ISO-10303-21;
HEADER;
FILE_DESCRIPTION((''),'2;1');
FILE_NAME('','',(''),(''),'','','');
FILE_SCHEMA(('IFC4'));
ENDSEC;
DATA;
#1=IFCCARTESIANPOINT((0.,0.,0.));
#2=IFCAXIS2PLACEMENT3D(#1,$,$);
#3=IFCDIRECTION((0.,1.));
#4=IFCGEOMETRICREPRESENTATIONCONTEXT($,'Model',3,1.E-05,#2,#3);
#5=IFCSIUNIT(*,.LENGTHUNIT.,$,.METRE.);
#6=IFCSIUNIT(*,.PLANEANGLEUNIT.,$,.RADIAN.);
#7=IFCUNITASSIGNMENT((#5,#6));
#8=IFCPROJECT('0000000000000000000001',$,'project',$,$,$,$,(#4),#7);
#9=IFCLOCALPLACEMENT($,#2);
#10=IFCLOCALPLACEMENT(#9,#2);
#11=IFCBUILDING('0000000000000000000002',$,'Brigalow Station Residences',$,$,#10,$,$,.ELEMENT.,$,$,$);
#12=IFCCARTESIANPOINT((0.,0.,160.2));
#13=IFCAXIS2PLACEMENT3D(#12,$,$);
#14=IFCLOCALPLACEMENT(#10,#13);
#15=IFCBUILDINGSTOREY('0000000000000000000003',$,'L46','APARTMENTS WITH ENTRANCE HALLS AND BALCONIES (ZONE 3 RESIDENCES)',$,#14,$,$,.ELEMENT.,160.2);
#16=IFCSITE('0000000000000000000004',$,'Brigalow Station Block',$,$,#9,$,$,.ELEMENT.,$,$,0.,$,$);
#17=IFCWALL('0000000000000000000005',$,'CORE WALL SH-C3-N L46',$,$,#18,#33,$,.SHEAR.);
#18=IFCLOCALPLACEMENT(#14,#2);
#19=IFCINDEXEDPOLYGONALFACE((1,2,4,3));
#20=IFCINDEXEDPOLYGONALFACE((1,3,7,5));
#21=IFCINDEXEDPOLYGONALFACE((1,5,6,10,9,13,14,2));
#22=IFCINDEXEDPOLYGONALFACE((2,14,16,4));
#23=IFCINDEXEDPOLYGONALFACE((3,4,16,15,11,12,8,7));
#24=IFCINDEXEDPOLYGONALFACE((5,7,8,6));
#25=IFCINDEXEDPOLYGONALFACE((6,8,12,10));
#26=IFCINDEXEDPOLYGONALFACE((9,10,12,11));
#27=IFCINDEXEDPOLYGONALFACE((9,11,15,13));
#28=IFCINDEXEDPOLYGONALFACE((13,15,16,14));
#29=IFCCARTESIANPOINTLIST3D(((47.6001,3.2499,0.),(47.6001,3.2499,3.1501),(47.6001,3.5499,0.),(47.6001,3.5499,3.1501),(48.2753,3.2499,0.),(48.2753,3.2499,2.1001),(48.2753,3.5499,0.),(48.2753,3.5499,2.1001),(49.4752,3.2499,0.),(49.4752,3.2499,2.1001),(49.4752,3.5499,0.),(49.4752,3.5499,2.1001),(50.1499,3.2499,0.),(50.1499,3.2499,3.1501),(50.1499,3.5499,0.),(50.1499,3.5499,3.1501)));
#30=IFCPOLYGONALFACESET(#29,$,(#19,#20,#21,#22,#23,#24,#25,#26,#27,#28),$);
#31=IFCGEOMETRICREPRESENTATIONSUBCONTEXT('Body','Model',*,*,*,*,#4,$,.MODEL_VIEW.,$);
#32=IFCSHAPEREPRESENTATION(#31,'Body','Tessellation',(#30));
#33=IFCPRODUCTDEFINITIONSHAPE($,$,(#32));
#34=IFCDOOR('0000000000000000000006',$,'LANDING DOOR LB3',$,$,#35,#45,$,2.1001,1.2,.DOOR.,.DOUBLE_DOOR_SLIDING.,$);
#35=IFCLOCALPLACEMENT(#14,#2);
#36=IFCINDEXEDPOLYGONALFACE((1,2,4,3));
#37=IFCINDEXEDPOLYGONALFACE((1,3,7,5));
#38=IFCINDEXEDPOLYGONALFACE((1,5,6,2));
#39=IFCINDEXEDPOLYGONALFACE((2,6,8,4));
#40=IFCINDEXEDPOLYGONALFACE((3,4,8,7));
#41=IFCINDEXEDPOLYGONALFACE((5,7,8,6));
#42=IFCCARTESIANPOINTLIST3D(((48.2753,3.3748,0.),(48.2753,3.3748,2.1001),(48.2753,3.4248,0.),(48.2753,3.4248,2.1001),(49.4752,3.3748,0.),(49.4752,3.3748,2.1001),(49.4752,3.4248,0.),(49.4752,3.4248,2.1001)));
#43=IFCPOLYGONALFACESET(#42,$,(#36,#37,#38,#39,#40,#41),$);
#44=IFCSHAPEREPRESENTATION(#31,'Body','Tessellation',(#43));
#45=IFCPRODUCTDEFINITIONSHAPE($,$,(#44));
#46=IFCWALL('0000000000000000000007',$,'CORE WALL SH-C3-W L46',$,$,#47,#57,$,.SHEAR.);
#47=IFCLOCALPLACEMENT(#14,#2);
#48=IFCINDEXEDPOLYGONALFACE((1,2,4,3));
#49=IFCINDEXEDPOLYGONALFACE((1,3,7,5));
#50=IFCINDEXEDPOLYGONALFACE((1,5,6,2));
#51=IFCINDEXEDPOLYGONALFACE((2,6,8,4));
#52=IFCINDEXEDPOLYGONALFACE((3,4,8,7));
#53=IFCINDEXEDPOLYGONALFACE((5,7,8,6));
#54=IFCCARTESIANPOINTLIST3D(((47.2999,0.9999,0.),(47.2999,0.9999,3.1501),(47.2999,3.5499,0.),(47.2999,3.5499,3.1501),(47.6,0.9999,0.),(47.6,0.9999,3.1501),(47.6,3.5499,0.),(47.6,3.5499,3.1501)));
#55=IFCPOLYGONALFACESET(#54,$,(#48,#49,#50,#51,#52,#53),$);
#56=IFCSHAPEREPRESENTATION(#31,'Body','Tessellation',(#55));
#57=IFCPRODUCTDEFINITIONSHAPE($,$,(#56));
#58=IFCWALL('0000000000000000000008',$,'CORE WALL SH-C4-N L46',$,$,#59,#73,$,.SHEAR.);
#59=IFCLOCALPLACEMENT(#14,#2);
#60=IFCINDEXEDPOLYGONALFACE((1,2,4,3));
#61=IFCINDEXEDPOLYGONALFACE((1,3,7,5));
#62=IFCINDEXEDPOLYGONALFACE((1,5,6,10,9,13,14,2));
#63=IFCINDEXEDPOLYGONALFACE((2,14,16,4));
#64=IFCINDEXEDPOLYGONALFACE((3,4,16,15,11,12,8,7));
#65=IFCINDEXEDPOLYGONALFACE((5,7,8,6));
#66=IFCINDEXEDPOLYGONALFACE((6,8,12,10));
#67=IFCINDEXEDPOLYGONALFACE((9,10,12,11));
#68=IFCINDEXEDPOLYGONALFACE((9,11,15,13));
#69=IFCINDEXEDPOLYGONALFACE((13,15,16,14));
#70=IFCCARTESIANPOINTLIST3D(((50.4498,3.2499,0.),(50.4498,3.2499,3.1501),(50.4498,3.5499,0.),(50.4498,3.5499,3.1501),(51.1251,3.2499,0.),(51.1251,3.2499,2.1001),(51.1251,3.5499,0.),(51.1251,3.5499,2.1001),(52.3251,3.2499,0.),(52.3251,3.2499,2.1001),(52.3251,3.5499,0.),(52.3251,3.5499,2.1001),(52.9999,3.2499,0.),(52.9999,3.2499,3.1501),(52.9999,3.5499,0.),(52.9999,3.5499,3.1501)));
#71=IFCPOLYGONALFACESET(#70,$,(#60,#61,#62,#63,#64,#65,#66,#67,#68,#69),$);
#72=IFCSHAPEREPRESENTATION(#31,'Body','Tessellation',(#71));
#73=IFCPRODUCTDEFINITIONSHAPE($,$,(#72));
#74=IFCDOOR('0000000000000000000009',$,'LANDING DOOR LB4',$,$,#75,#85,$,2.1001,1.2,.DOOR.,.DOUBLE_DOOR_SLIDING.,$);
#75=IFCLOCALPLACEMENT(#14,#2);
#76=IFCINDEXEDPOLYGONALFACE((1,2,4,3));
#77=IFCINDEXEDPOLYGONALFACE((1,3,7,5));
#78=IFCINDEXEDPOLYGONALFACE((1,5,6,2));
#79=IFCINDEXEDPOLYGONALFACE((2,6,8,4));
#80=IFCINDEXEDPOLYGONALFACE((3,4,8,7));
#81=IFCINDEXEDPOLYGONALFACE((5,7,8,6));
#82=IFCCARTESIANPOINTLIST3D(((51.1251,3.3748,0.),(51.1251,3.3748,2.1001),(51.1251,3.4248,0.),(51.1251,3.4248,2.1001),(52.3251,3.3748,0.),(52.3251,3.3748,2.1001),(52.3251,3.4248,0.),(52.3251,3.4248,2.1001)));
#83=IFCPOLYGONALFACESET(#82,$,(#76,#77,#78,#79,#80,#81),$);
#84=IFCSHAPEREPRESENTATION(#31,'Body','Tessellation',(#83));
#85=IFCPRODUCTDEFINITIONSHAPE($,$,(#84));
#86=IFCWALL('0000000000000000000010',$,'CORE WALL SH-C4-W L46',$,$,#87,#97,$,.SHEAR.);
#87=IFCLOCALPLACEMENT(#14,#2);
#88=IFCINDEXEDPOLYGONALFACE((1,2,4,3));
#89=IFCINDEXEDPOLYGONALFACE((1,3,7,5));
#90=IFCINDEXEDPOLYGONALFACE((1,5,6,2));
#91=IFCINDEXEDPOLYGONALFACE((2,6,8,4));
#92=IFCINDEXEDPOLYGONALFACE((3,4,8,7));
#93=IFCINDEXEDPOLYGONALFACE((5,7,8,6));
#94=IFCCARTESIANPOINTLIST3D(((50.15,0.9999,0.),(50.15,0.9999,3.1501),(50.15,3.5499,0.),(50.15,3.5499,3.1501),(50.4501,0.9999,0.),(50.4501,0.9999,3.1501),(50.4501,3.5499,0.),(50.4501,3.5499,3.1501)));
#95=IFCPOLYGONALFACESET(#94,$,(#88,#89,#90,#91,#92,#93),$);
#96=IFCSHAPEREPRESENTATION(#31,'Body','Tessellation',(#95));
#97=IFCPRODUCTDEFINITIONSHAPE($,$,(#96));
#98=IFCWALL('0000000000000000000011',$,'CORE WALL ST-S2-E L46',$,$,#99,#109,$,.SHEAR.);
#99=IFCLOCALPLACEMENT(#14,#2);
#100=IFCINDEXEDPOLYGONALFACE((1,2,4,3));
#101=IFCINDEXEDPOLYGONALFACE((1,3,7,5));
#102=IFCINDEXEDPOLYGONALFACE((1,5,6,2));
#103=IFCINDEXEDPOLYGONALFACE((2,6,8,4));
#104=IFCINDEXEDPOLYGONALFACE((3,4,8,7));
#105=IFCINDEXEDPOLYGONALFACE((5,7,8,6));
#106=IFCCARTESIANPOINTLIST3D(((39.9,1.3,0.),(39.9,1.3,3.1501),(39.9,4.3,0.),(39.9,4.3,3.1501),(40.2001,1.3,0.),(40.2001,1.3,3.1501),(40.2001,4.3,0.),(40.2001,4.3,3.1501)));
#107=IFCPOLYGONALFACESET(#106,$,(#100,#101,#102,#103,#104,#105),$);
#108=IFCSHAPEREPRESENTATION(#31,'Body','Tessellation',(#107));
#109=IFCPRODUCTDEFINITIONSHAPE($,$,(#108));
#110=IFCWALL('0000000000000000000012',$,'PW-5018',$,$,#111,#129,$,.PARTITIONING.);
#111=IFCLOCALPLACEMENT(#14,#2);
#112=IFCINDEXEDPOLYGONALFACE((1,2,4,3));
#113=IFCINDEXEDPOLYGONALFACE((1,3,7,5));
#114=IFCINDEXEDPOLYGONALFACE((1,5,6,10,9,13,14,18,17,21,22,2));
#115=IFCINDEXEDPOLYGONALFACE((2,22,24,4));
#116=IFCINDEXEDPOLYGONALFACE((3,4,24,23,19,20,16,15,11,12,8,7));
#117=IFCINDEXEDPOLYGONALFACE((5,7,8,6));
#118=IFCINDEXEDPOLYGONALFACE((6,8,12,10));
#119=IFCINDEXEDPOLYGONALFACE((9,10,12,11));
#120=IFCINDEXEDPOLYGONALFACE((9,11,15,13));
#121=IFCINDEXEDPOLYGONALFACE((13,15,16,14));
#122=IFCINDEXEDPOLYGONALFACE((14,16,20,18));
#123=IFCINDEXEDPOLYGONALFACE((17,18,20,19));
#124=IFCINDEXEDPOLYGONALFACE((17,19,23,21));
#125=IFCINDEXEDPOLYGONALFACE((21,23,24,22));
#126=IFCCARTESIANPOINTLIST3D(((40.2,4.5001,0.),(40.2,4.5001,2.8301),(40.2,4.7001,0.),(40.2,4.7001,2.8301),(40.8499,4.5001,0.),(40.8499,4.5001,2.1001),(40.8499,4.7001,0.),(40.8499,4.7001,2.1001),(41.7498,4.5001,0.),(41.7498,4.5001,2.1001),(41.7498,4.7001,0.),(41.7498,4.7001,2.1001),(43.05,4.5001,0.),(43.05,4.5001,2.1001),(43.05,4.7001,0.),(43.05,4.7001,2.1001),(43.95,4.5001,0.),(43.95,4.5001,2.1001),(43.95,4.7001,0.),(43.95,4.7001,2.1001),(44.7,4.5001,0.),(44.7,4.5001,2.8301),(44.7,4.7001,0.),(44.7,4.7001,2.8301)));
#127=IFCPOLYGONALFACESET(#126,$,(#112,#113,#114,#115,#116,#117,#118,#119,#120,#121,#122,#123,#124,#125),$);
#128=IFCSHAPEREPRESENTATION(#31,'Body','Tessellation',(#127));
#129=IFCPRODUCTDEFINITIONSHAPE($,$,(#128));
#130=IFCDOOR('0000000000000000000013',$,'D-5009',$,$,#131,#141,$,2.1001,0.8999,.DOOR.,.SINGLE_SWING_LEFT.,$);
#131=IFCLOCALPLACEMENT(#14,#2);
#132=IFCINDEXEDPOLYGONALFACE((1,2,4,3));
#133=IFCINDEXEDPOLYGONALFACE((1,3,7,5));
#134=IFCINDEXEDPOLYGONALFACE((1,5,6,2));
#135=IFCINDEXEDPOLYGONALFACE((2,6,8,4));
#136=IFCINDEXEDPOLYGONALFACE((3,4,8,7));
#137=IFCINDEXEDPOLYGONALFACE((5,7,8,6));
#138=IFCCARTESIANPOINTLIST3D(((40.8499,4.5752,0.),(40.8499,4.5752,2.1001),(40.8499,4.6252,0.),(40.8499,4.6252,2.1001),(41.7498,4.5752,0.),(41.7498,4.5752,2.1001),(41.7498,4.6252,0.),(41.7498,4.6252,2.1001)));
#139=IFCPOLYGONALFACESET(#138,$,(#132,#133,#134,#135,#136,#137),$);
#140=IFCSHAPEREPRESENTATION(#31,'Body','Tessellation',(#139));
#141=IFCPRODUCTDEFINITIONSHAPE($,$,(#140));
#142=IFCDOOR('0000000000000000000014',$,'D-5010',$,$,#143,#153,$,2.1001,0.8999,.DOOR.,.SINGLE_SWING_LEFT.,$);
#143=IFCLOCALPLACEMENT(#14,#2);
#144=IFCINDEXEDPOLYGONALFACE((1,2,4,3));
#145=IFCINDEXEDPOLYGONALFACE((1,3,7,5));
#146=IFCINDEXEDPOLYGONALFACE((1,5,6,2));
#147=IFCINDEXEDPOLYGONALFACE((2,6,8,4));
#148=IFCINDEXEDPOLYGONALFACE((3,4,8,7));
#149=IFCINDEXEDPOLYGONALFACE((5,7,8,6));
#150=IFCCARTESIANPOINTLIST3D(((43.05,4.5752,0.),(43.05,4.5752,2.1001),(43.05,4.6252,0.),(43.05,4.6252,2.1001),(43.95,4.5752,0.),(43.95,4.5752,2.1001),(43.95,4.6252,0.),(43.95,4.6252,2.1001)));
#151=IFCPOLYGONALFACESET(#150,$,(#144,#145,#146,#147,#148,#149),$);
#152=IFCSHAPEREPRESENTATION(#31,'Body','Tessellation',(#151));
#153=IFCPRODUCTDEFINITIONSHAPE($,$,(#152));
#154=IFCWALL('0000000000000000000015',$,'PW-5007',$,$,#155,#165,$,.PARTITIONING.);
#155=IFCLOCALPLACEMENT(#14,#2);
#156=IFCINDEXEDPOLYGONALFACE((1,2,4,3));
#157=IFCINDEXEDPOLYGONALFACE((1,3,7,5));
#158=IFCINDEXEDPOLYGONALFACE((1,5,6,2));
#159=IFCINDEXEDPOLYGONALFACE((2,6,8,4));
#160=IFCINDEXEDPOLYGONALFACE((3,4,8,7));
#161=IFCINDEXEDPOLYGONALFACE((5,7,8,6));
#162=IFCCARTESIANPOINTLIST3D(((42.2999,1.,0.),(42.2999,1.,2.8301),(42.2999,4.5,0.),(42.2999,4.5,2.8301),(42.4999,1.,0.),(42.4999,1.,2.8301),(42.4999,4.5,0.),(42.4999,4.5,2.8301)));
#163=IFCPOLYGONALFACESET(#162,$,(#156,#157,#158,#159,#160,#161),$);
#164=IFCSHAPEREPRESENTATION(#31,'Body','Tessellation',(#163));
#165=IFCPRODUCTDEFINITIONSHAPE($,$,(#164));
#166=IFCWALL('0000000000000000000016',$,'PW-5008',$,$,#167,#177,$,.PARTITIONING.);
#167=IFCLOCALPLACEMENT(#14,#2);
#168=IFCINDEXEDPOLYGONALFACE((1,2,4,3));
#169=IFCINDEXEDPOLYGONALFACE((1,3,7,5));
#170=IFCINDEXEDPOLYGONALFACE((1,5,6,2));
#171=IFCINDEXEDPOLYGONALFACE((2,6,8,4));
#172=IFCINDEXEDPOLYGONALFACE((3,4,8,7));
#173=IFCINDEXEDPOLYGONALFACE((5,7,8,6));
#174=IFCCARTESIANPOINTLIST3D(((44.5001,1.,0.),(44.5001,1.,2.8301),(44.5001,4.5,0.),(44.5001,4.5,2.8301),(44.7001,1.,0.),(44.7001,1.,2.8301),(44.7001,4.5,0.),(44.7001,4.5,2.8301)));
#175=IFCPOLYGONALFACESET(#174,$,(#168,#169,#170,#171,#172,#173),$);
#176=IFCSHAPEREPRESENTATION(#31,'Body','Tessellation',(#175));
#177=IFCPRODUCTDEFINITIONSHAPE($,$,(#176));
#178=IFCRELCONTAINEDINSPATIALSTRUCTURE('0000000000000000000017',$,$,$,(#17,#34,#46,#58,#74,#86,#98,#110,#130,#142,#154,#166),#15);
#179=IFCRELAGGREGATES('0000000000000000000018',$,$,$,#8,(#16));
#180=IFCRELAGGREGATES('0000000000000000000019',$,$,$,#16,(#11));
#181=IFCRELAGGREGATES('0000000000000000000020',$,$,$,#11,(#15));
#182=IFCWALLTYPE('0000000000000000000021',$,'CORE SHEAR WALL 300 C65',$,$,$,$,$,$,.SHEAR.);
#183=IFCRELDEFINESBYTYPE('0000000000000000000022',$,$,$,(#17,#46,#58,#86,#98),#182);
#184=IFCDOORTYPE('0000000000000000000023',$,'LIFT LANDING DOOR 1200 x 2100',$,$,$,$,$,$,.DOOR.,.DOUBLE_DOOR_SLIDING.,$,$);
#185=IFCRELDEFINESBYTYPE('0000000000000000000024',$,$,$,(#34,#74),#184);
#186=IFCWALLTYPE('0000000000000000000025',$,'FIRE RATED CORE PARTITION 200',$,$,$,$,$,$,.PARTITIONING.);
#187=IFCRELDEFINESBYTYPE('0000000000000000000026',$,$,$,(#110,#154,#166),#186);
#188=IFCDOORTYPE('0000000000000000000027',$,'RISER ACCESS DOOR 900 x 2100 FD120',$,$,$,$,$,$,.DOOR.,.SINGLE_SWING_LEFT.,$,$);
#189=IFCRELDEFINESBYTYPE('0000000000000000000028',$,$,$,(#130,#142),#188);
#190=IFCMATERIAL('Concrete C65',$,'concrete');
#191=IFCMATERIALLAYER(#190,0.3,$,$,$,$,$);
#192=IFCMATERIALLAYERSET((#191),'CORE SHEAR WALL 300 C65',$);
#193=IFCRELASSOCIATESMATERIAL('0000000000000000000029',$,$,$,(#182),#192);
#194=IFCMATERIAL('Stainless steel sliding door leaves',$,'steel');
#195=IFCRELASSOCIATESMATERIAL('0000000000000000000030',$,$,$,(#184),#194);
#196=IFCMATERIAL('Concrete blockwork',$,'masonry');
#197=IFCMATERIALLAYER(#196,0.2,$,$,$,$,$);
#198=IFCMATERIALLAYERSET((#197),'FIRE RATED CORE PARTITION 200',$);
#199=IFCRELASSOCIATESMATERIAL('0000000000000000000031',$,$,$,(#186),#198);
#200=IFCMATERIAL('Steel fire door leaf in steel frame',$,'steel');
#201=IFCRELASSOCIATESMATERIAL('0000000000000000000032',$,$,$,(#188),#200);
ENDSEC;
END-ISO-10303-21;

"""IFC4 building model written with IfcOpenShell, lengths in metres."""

from ifc_helpers import new_model, si_unit, direction, frame, frame_2d, origin, place, context, subcontext, project, spatial, rectangle, extrude, material, layer, layer_set, type_object, element, fill, save


model = new_model("IFC4")

# Units and contexts
model_context = context("Model", 3, precision=1e-05, world=origin(), true_north=direction((0.0, 1.0)))
body_context = subcontext(model_context, "Body", "Model", "MODEL_VIEW")
ifc_project = project(units=[si_unit("LENGTHUNIT", "METRE"), si_unit("PLANEANGLEUNIT", "RADIAN")], contexts=[model_context])

# Site, building, storey
site_placement = place(None, origin())
site = spatial("IfcSite", under=ifc_project, at=site_placement, Name="Brigalow Station Block", CompositionType="ELEMENT", RefElevation=0.0)
building_placement = place(site_placement, origin())
building = spatial("IfcBuilding", under=site, at=building_placement, Name="Brigalow Station Residences", CompositionType="ELEMENT")
storey_placement = place(building_placement, frame((0.0, 0.0, 160.2)))
storey = spatial("IfcBuildingStorey", under=building, at=storey_placement, Name="L46", Description="APARTMENTS WITH ENTRANCE HALLS AND BALCONIES (ZONE 3 RESIDENCES)", CompositionType="ELEMENT", Elevation=160.2)

# Wall, opening, door
ifc_material_1 = material(Name="Concrete C65", Category="concrete")
ifc_layer_1 = layer(ifc_material_1, 0.3)
ifc_layer_set_1 = layer_set([ifc_layer_1], Name="CORE SHEAR WALL 300 C65")
wall_type_1 = type_object("IfcWallType", Name="CORE SHEAR WALL 300 C65", PredefinedType="SHEAR", material=ifc_layer_set_1)
wall_1_placement = place(storey_placement, frame((47.6001, 3.3999, 0.0), z_axis=(0.0, 0.0, 1.0), x_axis=(1.0, 0.0, 0.0)))
wall_1 = element("IfcWall", 1, at=wall_1_placement, inside=storey, type_object=wall_type_1, Name="CORE WALL SH-C3-N L46", PredefinedType="SHEAR", context=body_context, shape_type="SweptSolid", body=[
    extrude(rectangle(XDim=2.5498, YDim=0.3, at=frame_2d((1.2749, 0.0))), origin(), (0.0, 0.0, 1.0), 3.1501),
])
opening_1_placement = place(wall_1_placement, frame((0.675, 0.0, 0.0)))
opening_1 = element("IfcOpeningElement", 2, at=opening_1_placement, cuts=wall_1, PredefinedType="OPENING", context=body_context, shape_type="SweptSolid", body=[
    extrude(rectangle(XDim=1.2, YDim=2.1001, at=frame_2d((0.6001, 1.05))), frame((0.0, 0.1602, 0.0), z_axis=(0.0, -1.0, 0.0), x_axis=(1.0, 0.0, 0.0)), (0.0, 0.0, 1.0), 0.3201),
])
ifc_material_2 = material(Name="Stainless steel sliding door leaves", Category="steel")
door_type_1 = type_object("IfcDoorType", Name="LIFT LANDING DOOR 1200 x 2100", OperationType="DOUBLE_DOOR_SLIDING", PredefinedType="DOOR", material=ifc_material_2)
door_1_placement = place(opening_1_placement, origin())
door_1 = element("IfcDoor", 3, at=door_1_placement, inside=storey, type_object=door_type_1, Name="LANDING DOOR LB3", OperationType="DOUBLE_DOOR_SLIDING", OverallHeight=2.1001, OverallWidth=1.2, PredefinedType="DOOR", context=body_context, shape_type="SweptSolid", body=[
    extrude(rectangle(XDim=1.2, YDim=2.1001, at=frame_2d((0.6001, 1.05))), frame((0.0, 0.0249, 0.0), z_axis=(0.0, -1.0, 0.0), x_axis=(1.0, 0.0, 0.0)), (0.0, 0.0, 1.0), 0.05),
])
fill(opening_1, door_1)

# Wall
wall_2_placement = place(storey_placement, frame((47.45, 1.0, 0.0), z_axis=(0.0, 0.0, 1.0), x_axis=(0.0, 1.0, 0.0)))
element("IfcWall", 4, at=wall_2_placement, inside=storey, type_object=wall_type_1, Name="CORE WALL SH-C3-W L46", PredefinedType="SHEAR", context=body_context, shape_type="SweptSolid", body=[
    extrude(rectangle(XDim=2.55, YDim=0.3, at=frame_2d((1.2749, 0.0))), origin(), (0.0, 0.0, 1.0), 3.1501),
])

# Wall, opening, door
wall_3_placement = place(storey_placement, frame((50.45, 3.3999, 0.0), z_axis=(0.0, 0.0, 1.0), x_axis=(1.0, 0.0, 0.0)))
wall_3 = element("IfcWall", 5, at=wall_3_placement, inside=storey, type_object=wall_type_1, Name="CORE WALL SH-C4-N L46", PredefinedType="SHEAR", context=body_context, shape_type="SweptSolid", body=[
    extrude(rectangle(XDim=2.55, YDim=0.3, at=frame_2d((1.2749, 0.0))), origin(), (0.0, 0.0, 1.0), 3.1501),
])
opening_2_placement = place(wall_3_placement, frame((0.675, 0.0, 0.0)))
opening_2 = element("IfcOpeningElement", 6, at=opening_2_placement, cuts=wall_3, PredefinedType="OPENING", context=body_context, shape_type="SweptSolid", body=[
    extrude(rectangle(XDim=1.2, YDim=2.1001, at=frame_2d((0.6001, 1.05))), frame((0.0, 0.1602, 0.0), z_axis=(0.0, -1.0, 0.0), x_axis=(1.0, 0.0, 0.0)), (0.0, 0.0, 1.0), 0.3201),
])
door_2_placement = place(opening_2_placement, origin())
door_2 = element("IfcDoor", 7, at=door_2_placement, inside=storey, type_object=door_type_1, Name="LANDING DOOR LB4", OperationType="DOUBLE_DOOR_SLIDING", OverallHeight=2.1001, OverallWidth=1.2, PredefinedType="DOOR", context=body_context, shape_type="SweptSolid", body=[
    extrude(rectangle(XDim=1.2, YDim=2.1001, at=frame_2d((0.6001, 1.05))), frame((0.0, 0.0249, 0.0), z_axis=(0.0, -1.0, 0.0), x_axis=(1.0, 0.0, 0.0)), (0.0, 0.0, 1.0), 0.05),
])
fill(opening_2, door_2)

# Walls
wall_4_placement = place(storey_placement, frame((50.3, 1.0, 0.0), z_axis=(0.0, 0.0, 1.0), x_axis=(0.0, 1.0, 0.0)))
element("IfcWall", 8, at=wall_4_placement, inside=storey, type_object=wall_type_1, Name="CORE WALL SH-C4-W L46", PredefinedType="SHEAR", context=body_context, shape_type="SweptSolid", body=[
    extrude(rectangle(XDim=2.55, YDim=0.3, at=frame_2d((1.2749, 0.0))), origin(), (0.0, 0.0, 1.0), 3.1501),
])
wall_5_placement = place(storey_placement, frame((40.05, 1.3, 0.0), z_axis=(0.0, 0.0, 1.0), x_axis=(0.0, 1.0, 0.0)))
element("IfcWall", 9, at=wall_5_placement, inside=storey, type_object=wall_type_1, Name="CORE WALL ST-S2-E L46", PredefinedType="SHEAR", context=body_context, shape_type="SweptSolid", body=[
    extrude(rectangle(XDim=3.0, YDim=0.3, at=frame_2d((1.5, 0.0))), origin(), (0.0, 0.0, 1.0), 3.1501),
])

# Wall, openings, doors
ifc_material_3 = material(Name="Concrete blockwork", Category="masonry")
ifc_layer_2 = layer(ifc_material_3, 0.2)
ifc_layer_set_2 = layer_set([ifc_layer_2], Name="FIRE RATED CORE PARTITION 200")
wall_type_2 = type_object("IfcWallType", Name="FIRE RATED CORE PARTITION 200", PredefinedType="PARTITIONING", material=ifc_layer_set_2)
wall_6_placement = place(storey_placement, frame((40.2, 4.6001, 0.0), z_axis=(0.0, 0.0, 1.0), x_axis=(1.0, 0.0, 0.0)))
wall_6 = element("IfcWall", 10, at=wall_6_placement, inside=storey, type_object=wall_type_2, Name="PW-5018", PredefinedType="PARTITIONING", context=body_context, shape_type="SweptSolid", body=[
    extrude(rectangle(XDim=4.5, YDim=0.2, at=frame_2d((2.25, 0.0))), origin(), (0.0, 0.0, 1.0), 2.8301),
])
opening_3_placement = place(wall_6_placement, frame((0.6499, 0.0, 0.0)))
opening_3 = element("IfcOpeningElement", 11, at=opening_3_placement, cuts=wall_6, PredefinedType="OPENING", context=body_context, shape_type="SweptSolid", body=[
    extrude(rectangle(XDim=0.8999, YDim=2.1001, at=frame_2d((0.45, 1.05))), frame((0.0, 0.1099, 0.0), z_axis=(0.0, -1.0, 0.0), x_axis=(1.0, 0.0, 0.0)), (0.0, 0.0, 1.0), 0.22),
])
opening_4_placement = place(wall_6_placement, frame((2.8501, 0.0, 0.0)))
opening_4 = element("IfcOpeningElement", 12, at=opening_4_placement, cuts=wall_6, PredefinedType="OPENING", context=body_context, shape_type="SweptSolid", body=[
    extrude(rectangle(XDim=0.8999, YDim=2.1001, at=frame_2d((0.45, 1.05))), frame((0.0, 0.1099, 0.0), z_axis=(0.0, -1.0, 0.0), x_axis=(1.0, 0.0, 0.0)), (0.0, 0.0, 1.0), 0.22),
])
ifc_material_4 = material(Name="Steel fire door leaf in steel frame", Category="steel")
door_type_2 = type_object("IfcDoorType", Name="RISER ACCESS DOOR 900 x 2100 FD120", OperationType="SINGLE_SWING_LEFT", PredefinedType="DOOR", material=ifc_material_4)
door_3_placement = place(opening_3_placement, frame((0.8999, 0.0, 0.0), z_axis=(0.0, 0.0, 1.0), x_axis=(-1.0, 0.0, 0.0)))
door_3 = element("IfcDoor", 13, at=door_3_placement, inside=storey, type_object=door_type_2, Name="D-5009", OperationType="SINGLE_SWING_LEFT", OverallHeight=2.1001, OverallWidth=0.8999, PredefinedType="DOOR", context=body_context, shape_type="SweptSolid", body=[
    extrude(rectangle(XDim=0.8999, YDim=2.1001, at=frame_2d((0.45, 1.05))), frame((0.0, 0.0249, 0.0), z_axis=(0.0, -1.0, 0.0), x_axis=(1.0, 0.0, 0.0)), (0.0, 0.0, 1.0), 0.05),
])
fill(opening_3, door_3)
door_4_placement = place(opening_4_placement, frame((0.8999, 0.0, 0.0), z_axis=(0.0, 0.0, 1.0), x_axis=(-1.0, 0.0, 0.0)))
door_4 = element("IfcDoor", 14, at=door_4_placement, inside=storey, type_object=door_type_2, Name="D-5010", OperationType="SINGLE_SWING_LEFT", OverallHeight=2.1001, OverallWidth=0.8999, PredefinedType="DOOR", context=body_context, shape_type="SweptSolid", body=[
    extrude(rectangle(XDim=0.8999, YDim=2.1001, at=frame_2d((0.45, 1.05))), frame((0.0, 0.0249, 0.0), z_axis=(0.0, -1.0, 0.0), x_axis=(1.0, 0.0, 0.0)), (0.0, 0.0, 1.0), 0.05),
])
fill(opening_4, door_4)

# Walls
for number, where, z_axis, x_axis, name in (
    (15, (42.3999, 1.0, 0.0), (0.0, 0.0, 1.0), (0.0, 1.0, 0.0), "PW-5007"),
    (16, (44.6001, 1.0, 0.0), (0.0, 0.0, 1.0), (0.0, 1.0, 0.0), "PW-5008"),
):
    element("IfcWall", number, at=place(storey_placement, frame(where, z_axis=z_axis, x_axis=x_axis)), inside=storey, type_object=wall_type_2, Name=name, PredefinedType="PARTITIONING", context=body_context, shape_type="SweptSolid", body=[
        extrude(rectangle(XDim=3.5, YDim=0.2, at=frame_2d((1.75, 0.0))), origin(), (0.0, 0.0, 1.0), 2.8301),
    ])

save(model, "model.ifc")
